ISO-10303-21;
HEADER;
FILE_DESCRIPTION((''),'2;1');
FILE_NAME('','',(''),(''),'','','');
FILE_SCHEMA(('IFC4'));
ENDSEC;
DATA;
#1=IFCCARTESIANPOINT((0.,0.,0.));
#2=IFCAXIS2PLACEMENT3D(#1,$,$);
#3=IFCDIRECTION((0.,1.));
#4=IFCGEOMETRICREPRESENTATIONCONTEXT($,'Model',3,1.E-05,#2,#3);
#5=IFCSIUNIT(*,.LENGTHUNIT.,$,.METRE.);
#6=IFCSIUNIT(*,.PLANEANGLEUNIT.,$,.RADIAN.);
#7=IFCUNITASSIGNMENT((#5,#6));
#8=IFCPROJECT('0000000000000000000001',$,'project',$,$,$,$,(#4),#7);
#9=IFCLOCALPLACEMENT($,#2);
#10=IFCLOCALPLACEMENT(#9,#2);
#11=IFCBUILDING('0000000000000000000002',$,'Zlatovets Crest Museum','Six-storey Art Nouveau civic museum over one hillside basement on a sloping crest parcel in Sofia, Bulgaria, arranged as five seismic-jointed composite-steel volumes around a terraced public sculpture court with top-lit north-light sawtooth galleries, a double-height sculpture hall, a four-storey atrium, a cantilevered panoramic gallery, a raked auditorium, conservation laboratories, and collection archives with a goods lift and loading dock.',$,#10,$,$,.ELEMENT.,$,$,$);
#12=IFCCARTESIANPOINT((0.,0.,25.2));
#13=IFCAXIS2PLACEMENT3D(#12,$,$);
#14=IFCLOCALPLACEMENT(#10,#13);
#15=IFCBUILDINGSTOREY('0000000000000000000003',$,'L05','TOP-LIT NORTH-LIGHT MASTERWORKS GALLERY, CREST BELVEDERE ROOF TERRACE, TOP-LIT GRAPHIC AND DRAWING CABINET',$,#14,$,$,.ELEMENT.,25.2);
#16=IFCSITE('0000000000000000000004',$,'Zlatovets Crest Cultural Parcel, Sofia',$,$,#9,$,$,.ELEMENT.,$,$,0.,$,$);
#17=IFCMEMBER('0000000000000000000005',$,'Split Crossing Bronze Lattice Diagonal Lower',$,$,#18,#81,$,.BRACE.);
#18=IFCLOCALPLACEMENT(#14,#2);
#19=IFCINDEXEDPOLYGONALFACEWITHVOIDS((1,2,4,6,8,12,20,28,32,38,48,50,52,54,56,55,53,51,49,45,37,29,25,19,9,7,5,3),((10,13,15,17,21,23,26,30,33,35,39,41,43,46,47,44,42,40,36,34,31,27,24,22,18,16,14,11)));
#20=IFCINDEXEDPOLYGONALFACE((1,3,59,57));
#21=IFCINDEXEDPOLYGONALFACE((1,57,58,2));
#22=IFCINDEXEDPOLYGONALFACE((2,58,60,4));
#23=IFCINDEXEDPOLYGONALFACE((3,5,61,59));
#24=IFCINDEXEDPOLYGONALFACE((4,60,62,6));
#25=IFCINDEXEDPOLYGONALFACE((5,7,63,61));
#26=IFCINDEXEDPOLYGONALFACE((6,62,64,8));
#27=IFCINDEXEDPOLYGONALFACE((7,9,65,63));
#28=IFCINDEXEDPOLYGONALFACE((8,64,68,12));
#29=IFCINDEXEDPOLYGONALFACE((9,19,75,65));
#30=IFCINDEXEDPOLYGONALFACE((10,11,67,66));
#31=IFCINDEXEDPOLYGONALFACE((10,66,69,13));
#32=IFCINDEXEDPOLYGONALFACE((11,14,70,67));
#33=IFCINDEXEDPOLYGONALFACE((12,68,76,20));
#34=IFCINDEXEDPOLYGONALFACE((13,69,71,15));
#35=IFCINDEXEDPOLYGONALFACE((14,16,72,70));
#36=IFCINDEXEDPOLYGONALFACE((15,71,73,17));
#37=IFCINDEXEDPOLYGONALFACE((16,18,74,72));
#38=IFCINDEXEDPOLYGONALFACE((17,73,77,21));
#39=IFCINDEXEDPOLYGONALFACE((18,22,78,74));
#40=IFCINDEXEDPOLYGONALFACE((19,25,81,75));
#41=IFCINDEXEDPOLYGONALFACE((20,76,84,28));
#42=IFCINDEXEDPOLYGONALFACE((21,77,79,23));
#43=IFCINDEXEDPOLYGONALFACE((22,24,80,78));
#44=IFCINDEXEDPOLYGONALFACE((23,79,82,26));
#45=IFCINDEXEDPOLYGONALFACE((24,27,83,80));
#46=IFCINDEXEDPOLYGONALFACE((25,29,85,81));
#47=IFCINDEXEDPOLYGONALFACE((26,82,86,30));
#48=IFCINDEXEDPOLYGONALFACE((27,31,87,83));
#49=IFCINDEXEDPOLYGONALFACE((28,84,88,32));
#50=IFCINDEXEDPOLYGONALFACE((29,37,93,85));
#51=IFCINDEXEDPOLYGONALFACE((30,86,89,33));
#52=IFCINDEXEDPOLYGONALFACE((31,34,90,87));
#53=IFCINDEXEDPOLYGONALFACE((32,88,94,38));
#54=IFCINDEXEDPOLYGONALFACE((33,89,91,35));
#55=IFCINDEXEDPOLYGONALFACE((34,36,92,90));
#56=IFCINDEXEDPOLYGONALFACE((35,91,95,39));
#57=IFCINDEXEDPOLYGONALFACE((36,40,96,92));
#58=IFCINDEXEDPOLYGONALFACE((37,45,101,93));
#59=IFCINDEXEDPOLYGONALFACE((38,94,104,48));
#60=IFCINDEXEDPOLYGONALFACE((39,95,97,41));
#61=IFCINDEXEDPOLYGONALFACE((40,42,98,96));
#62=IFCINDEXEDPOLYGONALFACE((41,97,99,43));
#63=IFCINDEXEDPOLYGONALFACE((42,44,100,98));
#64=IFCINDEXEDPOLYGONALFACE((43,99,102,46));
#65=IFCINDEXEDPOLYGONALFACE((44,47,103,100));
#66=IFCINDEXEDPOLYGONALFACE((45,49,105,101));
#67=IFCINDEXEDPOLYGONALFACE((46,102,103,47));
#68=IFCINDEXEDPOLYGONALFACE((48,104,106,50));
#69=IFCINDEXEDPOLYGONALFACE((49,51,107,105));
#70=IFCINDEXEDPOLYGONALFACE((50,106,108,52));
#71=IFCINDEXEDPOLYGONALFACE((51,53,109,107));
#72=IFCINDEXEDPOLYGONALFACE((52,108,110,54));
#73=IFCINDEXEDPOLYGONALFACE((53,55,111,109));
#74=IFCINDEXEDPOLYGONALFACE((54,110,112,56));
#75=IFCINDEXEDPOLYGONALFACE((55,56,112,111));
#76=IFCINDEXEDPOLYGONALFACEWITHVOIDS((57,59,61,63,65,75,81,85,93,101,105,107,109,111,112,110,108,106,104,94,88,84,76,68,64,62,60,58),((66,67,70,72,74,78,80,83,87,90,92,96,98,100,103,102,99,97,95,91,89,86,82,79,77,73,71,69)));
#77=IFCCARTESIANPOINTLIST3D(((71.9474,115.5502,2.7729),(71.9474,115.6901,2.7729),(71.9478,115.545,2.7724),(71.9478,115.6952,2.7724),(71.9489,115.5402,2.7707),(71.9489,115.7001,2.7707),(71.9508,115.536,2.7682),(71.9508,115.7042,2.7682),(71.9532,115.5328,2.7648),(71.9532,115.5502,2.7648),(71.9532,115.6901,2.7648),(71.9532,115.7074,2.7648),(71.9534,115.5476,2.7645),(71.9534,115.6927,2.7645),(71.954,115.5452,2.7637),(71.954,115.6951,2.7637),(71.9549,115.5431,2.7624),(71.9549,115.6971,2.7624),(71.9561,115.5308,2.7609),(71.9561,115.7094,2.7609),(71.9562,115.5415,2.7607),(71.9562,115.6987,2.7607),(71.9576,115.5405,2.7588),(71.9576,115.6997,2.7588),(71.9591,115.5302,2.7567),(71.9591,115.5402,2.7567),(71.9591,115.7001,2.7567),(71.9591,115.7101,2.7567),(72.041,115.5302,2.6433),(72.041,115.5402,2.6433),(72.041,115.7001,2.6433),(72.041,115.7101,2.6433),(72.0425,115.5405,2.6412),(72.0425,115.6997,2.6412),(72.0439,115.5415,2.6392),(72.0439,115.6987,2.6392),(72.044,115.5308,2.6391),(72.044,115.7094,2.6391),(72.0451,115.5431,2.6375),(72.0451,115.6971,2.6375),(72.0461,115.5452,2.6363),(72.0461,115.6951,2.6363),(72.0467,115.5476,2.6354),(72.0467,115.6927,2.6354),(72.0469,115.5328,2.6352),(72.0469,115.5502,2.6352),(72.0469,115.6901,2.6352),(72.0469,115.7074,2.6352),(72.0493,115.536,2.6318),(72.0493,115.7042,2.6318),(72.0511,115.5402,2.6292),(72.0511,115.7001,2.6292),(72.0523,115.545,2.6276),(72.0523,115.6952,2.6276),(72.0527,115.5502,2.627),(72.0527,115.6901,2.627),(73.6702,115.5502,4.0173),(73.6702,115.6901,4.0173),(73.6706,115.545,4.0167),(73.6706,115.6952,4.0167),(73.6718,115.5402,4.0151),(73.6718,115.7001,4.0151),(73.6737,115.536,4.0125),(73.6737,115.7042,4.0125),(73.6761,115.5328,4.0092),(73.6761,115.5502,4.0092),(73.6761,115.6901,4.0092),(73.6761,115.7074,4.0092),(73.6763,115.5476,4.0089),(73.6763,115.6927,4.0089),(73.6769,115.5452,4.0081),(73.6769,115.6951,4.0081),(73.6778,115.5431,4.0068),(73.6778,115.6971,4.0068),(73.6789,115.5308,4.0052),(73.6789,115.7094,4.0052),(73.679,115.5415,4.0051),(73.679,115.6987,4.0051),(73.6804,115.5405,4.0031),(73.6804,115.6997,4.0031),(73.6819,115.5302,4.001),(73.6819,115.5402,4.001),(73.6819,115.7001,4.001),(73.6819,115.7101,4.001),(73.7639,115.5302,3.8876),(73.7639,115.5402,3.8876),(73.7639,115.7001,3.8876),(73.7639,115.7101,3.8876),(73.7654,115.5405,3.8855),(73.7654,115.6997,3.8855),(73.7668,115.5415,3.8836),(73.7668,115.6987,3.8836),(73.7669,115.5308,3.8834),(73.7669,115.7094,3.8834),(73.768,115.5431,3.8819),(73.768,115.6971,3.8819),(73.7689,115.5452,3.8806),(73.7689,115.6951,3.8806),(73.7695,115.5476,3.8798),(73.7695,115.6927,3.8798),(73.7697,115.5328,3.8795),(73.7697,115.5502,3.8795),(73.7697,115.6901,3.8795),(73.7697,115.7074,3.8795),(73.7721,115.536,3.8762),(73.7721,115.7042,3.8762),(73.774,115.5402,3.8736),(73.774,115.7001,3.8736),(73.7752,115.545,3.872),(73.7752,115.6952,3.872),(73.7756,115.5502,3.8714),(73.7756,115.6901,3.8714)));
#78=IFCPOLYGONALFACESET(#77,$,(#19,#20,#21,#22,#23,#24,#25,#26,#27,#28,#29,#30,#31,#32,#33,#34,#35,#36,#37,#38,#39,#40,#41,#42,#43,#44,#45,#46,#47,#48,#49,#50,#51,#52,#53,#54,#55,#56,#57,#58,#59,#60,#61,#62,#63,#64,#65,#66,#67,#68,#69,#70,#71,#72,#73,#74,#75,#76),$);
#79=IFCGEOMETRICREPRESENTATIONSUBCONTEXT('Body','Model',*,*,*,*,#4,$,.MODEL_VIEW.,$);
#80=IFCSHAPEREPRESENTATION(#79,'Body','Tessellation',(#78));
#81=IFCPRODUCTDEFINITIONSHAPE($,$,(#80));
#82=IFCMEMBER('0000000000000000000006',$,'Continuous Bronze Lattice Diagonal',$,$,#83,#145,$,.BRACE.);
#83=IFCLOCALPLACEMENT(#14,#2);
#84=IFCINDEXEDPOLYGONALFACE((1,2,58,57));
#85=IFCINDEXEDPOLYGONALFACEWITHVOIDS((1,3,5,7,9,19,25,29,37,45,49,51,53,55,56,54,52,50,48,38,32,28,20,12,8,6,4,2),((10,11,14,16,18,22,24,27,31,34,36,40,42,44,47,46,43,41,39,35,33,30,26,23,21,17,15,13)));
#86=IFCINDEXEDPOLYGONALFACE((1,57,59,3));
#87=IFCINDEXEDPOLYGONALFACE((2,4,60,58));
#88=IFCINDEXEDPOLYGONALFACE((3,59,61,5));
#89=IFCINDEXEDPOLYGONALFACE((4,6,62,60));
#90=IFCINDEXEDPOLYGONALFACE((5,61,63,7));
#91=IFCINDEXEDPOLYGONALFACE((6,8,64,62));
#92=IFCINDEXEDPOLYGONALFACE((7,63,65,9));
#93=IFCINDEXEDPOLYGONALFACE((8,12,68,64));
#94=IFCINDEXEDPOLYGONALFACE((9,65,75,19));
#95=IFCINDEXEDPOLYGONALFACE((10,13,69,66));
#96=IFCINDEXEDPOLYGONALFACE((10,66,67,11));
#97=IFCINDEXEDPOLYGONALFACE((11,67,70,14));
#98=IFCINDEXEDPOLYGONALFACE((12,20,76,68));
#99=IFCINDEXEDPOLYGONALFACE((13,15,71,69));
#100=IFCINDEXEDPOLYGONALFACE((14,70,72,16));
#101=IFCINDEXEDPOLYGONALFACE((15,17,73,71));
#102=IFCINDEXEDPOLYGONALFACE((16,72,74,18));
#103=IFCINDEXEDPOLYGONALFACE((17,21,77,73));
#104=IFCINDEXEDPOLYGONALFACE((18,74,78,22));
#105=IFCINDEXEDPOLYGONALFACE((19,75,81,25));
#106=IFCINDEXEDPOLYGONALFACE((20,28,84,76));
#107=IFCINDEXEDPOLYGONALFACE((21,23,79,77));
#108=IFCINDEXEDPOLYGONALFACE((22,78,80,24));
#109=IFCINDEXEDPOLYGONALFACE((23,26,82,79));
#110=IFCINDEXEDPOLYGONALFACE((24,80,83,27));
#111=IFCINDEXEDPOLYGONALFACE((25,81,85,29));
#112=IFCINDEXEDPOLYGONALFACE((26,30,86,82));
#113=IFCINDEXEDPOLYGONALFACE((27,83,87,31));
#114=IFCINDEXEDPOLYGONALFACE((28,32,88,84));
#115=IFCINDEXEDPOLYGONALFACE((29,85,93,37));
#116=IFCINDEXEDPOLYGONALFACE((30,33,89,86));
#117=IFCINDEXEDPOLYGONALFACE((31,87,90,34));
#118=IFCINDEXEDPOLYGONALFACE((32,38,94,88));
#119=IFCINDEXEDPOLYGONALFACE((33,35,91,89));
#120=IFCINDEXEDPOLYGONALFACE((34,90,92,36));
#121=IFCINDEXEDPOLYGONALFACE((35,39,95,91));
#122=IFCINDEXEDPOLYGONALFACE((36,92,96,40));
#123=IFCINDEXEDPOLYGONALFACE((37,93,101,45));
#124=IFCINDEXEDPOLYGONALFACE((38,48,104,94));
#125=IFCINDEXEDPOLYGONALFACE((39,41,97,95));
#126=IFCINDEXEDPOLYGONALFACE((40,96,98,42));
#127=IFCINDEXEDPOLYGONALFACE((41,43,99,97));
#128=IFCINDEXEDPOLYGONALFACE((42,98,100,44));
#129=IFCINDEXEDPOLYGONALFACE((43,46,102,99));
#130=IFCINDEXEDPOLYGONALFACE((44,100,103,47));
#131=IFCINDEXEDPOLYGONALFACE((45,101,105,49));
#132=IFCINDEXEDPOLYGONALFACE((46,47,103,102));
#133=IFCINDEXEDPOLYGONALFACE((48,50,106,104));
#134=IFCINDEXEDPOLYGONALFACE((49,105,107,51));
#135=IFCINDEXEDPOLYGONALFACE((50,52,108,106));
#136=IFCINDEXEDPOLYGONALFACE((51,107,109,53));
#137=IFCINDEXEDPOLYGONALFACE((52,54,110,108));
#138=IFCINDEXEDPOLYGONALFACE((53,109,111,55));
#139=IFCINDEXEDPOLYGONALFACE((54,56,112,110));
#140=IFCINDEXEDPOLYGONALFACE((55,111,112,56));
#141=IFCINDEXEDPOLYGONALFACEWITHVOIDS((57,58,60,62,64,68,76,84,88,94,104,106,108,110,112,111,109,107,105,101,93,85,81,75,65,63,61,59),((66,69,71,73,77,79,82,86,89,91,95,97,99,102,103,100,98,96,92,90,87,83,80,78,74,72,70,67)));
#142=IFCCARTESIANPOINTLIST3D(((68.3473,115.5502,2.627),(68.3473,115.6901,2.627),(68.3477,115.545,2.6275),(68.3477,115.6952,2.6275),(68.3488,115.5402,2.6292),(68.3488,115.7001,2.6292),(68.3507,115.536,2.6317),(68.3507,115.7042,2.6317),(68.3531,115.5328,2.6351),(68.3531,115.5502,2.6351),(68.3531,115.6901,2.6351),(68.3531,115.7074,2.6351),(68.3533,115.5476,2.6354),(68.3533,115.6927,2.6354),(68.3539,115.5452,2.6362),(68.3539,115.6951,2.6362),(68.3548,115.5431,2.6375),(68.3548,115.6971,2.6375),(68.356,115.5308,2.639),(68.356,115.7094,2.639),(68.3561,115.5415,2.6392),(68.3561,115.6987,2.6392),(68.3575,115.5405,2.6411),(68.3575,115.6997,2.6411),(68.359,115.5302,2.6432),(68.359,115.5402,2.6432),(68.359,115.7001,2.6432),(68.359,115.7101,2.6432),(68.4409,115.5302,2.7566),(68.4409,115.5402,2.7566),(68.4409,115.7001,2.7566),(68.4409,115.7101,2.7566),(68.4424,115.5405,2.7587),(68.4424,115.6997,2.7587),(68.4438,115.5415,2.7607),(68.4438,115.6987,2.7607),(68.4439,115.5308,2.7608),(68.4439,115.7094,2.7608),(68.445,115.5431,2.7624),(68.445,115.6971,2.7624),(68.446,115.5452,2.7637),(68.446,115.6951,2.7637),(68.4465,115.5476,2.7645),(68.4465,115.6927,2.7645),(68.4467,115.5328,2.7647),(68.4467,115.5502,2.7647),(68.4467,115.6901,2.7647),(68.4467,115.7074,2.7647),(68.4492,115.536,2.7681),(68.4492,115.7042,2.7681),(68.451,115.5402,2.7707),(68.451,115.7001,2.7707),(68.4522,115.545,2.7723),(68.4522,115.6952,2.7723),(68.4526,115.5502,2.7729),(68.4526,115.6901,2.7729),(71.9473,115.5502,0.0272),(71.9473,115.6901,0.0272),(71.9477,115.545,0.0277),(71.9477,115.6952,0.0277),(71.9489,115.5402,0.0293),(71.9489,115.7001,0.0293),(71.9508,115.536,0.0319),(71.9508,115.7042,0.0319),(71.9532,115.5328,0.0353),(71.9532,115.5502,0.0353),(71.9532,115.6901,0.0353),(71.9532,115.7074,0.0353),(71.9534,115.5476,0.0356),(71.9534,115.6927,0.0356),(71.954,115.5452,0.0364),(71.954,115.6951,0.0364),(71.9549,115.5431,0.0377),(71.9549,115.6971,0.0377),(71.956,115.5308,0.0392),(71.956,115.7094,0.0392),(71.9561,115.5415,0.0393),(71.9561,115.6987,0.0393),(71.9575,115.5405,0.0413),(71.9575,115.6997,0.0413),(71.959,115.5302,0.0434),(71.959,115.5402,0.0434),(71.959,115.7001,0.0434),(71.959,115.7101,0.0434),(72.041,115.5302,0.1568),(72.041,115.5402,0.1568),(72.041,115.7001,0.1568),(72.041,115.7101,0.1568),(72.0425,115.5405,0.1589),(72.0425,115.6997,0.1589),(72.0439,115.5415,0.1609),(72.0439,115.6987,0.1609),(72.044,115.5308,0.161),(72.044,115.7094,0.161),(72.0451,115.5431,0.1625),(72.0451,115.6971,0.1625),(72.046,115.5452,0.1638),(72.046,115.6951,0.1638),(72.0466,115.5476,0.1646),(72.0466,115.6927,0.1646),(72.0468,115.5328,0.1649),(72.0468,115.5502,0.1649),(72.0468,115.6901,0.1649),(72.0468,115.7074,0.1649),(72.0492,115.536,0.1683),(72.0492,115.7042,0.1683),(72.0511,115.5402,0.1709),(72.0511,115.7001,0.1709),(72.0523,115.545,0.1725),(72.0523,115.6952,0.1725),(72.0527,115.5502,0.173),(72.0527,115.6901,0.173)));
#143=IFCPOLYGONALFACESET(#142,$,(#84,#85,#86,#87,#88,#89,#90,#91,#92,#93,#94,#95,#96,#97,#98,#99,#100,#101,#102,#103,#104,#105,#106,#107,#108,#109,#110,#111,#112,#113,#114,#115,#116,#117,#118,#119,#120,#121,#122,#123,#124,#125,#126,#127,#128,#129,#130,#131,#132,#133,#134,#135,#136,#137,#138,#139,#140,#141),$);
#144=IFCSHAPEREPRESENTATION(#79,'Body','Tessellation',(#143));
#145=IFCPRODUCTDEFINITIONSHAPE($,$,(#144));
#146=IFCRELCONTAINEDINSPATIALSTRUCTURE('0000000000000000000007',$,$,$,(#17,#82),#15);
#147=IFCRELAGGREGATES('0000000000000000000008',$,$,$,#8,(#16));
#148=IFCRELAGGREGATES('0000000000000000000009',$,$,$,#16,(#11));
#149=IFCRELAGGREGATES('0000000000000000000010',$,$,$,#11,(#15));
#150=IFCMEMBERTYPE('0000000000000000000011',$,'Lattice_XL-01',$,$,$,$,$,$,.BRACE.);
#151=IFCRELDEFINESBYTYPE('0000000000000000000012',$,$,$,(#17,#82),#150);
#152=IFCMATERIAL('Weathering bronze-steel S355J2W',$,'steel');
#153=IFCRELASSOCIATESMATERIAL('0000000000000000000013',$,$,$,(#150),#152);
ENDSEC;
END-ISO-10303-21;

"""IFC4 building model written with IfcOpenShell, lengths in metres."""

from ifc_helpers import new_model, si_unit, direction, frame, origin, origin_2d, place, context, subcontext, project, spatial, hollow_rectangle, extrude, material, material_profile, profile_set, type_object, element, save


model = new_model("IFC4")

# Units and contexts
model_context = context("Model", 3, precision=1e-05, world=origin(), true_north=direction((0.0, 1.0)))
body_context = subcontext(model_context, "Body", "Model", "MODEL_VIEW")
ifc_project = project(units=[si_unit("LENGTHUNIT", "METRE"), si_unit("PLANEANGLEUNIT", "RADIAN")], contexts=[model_context])

# Site, building, storey
site_placement = place(None, origin())
site = spatial("IfcSite", under=ifc_project, at=site_placement, Name="Zlatovets Crest Cultural Parcel, Sofia", CompositionType="ELEMENT", RefElevation=0.0)
building_placement = place(site_placement, origin())
building = spatial("IfcBuilding", under=site, at=building_placement, Name="Zlatovets Crest Museum", Description="Six-storey Art Nouveau civic museum over one hillside basement on a sloping crest parcel in Sofia, Bulgaria, arranged as five seismic-jointed composite-steel volumes around a terraced public sculpture court with top-lit north-light sawtooth galleries, a double-height sculpture hall, a four-storey atrium, a cantilevered panoramic gallery, a raked auditorium, conservation laboratories, and collection archives with a goods lift and loading dock.", CompositionType="ELEMENT")
storey_placement = place(building_placement, frame((0.0, 0.0, 25.2)))
storey = spatial("IfcBuildingStorey", under=building, at=storey_placement, Name="L05", Description="TOP-LIT NORTH-LIGHT MASTERWORKS GALLERY, CREST BELVEDERE ROOF TERRACE, TOP-LIT GRAPHIC AND DRAWING CABINET", CompositionType="ELEMENT", Elevation=25.2)

# Members
ifc_material_1 = material(Name="Weathering bronze-steel S355J2W", Category="steel")
ifc_material_profile_1 = material_profile(ifc_material_1, hollow_rectangle(XDim=0.1799, YDim=0.1799, WallThickness=0.01, InnerFilletRadius=0.01, OuterFilletRadius=0.02, at=origin_2d()), Name="SHS 180x180x10.0")
ifc_profile_set_1 = profile_set([ifc_material_profile_1], Name="Weathering bronze-steel S355J2W")
member_type_1 = type_object("IfcMemberType", Name="Lattice_XL-01", PredefinedType="BRACE", material=ifc_profile_set_1)
member_1_placement = place(storey_placement, frame((73.7229, 115.6201, 3.9443), z_axis=(-0.810664, 0.0, -0.585512), x_axis=(0.0, -1.0, 0.0)))
element("IfcMember", 1, at=member_1_placement, inside=storey, type_object=member_type_1, Name="Split Crossing Bronze Lattice Diagonal Lower", PredefinedType="BRACE", context=body_context, shape_type="SweptSolid", body=[
    extrude(hollow_rectangle(XDim=0.1799, YDim=0.1799, WallThickness=0.01, InnerFilletRadius=0.01, OuterFilletRadius=0.02, at=origin_2d()), origin(), (0.0, 0.0, 1.0), 2.1252),
])
member_2_placement = place(storey_placement, frame((72.0, 115.6201, 0.1001), z_axis=(-0.810702, 0.0, 0.585458), x_axis=(0.0, -1.0, 0.0)))
element("IfcMember", 2, at=member_2_placement, inside=storey, type_object=member_type_1, Name="Continuous Bronze Lattice Diagonal", PredefinedType="BRACE", context=body_context, shape_type="SweptSolid", body=[
    extrude(hollow_rectangle(XDim=0.1799, YDim=0.1799, WallThickness=0.01, InnerFilletRadius=0.01, OuterFilletRadius=0.02, at=origin_2d()), origin(), (0.0, 0.0, 1.0), 4.4407),
])

save(model, "model.ifc")
